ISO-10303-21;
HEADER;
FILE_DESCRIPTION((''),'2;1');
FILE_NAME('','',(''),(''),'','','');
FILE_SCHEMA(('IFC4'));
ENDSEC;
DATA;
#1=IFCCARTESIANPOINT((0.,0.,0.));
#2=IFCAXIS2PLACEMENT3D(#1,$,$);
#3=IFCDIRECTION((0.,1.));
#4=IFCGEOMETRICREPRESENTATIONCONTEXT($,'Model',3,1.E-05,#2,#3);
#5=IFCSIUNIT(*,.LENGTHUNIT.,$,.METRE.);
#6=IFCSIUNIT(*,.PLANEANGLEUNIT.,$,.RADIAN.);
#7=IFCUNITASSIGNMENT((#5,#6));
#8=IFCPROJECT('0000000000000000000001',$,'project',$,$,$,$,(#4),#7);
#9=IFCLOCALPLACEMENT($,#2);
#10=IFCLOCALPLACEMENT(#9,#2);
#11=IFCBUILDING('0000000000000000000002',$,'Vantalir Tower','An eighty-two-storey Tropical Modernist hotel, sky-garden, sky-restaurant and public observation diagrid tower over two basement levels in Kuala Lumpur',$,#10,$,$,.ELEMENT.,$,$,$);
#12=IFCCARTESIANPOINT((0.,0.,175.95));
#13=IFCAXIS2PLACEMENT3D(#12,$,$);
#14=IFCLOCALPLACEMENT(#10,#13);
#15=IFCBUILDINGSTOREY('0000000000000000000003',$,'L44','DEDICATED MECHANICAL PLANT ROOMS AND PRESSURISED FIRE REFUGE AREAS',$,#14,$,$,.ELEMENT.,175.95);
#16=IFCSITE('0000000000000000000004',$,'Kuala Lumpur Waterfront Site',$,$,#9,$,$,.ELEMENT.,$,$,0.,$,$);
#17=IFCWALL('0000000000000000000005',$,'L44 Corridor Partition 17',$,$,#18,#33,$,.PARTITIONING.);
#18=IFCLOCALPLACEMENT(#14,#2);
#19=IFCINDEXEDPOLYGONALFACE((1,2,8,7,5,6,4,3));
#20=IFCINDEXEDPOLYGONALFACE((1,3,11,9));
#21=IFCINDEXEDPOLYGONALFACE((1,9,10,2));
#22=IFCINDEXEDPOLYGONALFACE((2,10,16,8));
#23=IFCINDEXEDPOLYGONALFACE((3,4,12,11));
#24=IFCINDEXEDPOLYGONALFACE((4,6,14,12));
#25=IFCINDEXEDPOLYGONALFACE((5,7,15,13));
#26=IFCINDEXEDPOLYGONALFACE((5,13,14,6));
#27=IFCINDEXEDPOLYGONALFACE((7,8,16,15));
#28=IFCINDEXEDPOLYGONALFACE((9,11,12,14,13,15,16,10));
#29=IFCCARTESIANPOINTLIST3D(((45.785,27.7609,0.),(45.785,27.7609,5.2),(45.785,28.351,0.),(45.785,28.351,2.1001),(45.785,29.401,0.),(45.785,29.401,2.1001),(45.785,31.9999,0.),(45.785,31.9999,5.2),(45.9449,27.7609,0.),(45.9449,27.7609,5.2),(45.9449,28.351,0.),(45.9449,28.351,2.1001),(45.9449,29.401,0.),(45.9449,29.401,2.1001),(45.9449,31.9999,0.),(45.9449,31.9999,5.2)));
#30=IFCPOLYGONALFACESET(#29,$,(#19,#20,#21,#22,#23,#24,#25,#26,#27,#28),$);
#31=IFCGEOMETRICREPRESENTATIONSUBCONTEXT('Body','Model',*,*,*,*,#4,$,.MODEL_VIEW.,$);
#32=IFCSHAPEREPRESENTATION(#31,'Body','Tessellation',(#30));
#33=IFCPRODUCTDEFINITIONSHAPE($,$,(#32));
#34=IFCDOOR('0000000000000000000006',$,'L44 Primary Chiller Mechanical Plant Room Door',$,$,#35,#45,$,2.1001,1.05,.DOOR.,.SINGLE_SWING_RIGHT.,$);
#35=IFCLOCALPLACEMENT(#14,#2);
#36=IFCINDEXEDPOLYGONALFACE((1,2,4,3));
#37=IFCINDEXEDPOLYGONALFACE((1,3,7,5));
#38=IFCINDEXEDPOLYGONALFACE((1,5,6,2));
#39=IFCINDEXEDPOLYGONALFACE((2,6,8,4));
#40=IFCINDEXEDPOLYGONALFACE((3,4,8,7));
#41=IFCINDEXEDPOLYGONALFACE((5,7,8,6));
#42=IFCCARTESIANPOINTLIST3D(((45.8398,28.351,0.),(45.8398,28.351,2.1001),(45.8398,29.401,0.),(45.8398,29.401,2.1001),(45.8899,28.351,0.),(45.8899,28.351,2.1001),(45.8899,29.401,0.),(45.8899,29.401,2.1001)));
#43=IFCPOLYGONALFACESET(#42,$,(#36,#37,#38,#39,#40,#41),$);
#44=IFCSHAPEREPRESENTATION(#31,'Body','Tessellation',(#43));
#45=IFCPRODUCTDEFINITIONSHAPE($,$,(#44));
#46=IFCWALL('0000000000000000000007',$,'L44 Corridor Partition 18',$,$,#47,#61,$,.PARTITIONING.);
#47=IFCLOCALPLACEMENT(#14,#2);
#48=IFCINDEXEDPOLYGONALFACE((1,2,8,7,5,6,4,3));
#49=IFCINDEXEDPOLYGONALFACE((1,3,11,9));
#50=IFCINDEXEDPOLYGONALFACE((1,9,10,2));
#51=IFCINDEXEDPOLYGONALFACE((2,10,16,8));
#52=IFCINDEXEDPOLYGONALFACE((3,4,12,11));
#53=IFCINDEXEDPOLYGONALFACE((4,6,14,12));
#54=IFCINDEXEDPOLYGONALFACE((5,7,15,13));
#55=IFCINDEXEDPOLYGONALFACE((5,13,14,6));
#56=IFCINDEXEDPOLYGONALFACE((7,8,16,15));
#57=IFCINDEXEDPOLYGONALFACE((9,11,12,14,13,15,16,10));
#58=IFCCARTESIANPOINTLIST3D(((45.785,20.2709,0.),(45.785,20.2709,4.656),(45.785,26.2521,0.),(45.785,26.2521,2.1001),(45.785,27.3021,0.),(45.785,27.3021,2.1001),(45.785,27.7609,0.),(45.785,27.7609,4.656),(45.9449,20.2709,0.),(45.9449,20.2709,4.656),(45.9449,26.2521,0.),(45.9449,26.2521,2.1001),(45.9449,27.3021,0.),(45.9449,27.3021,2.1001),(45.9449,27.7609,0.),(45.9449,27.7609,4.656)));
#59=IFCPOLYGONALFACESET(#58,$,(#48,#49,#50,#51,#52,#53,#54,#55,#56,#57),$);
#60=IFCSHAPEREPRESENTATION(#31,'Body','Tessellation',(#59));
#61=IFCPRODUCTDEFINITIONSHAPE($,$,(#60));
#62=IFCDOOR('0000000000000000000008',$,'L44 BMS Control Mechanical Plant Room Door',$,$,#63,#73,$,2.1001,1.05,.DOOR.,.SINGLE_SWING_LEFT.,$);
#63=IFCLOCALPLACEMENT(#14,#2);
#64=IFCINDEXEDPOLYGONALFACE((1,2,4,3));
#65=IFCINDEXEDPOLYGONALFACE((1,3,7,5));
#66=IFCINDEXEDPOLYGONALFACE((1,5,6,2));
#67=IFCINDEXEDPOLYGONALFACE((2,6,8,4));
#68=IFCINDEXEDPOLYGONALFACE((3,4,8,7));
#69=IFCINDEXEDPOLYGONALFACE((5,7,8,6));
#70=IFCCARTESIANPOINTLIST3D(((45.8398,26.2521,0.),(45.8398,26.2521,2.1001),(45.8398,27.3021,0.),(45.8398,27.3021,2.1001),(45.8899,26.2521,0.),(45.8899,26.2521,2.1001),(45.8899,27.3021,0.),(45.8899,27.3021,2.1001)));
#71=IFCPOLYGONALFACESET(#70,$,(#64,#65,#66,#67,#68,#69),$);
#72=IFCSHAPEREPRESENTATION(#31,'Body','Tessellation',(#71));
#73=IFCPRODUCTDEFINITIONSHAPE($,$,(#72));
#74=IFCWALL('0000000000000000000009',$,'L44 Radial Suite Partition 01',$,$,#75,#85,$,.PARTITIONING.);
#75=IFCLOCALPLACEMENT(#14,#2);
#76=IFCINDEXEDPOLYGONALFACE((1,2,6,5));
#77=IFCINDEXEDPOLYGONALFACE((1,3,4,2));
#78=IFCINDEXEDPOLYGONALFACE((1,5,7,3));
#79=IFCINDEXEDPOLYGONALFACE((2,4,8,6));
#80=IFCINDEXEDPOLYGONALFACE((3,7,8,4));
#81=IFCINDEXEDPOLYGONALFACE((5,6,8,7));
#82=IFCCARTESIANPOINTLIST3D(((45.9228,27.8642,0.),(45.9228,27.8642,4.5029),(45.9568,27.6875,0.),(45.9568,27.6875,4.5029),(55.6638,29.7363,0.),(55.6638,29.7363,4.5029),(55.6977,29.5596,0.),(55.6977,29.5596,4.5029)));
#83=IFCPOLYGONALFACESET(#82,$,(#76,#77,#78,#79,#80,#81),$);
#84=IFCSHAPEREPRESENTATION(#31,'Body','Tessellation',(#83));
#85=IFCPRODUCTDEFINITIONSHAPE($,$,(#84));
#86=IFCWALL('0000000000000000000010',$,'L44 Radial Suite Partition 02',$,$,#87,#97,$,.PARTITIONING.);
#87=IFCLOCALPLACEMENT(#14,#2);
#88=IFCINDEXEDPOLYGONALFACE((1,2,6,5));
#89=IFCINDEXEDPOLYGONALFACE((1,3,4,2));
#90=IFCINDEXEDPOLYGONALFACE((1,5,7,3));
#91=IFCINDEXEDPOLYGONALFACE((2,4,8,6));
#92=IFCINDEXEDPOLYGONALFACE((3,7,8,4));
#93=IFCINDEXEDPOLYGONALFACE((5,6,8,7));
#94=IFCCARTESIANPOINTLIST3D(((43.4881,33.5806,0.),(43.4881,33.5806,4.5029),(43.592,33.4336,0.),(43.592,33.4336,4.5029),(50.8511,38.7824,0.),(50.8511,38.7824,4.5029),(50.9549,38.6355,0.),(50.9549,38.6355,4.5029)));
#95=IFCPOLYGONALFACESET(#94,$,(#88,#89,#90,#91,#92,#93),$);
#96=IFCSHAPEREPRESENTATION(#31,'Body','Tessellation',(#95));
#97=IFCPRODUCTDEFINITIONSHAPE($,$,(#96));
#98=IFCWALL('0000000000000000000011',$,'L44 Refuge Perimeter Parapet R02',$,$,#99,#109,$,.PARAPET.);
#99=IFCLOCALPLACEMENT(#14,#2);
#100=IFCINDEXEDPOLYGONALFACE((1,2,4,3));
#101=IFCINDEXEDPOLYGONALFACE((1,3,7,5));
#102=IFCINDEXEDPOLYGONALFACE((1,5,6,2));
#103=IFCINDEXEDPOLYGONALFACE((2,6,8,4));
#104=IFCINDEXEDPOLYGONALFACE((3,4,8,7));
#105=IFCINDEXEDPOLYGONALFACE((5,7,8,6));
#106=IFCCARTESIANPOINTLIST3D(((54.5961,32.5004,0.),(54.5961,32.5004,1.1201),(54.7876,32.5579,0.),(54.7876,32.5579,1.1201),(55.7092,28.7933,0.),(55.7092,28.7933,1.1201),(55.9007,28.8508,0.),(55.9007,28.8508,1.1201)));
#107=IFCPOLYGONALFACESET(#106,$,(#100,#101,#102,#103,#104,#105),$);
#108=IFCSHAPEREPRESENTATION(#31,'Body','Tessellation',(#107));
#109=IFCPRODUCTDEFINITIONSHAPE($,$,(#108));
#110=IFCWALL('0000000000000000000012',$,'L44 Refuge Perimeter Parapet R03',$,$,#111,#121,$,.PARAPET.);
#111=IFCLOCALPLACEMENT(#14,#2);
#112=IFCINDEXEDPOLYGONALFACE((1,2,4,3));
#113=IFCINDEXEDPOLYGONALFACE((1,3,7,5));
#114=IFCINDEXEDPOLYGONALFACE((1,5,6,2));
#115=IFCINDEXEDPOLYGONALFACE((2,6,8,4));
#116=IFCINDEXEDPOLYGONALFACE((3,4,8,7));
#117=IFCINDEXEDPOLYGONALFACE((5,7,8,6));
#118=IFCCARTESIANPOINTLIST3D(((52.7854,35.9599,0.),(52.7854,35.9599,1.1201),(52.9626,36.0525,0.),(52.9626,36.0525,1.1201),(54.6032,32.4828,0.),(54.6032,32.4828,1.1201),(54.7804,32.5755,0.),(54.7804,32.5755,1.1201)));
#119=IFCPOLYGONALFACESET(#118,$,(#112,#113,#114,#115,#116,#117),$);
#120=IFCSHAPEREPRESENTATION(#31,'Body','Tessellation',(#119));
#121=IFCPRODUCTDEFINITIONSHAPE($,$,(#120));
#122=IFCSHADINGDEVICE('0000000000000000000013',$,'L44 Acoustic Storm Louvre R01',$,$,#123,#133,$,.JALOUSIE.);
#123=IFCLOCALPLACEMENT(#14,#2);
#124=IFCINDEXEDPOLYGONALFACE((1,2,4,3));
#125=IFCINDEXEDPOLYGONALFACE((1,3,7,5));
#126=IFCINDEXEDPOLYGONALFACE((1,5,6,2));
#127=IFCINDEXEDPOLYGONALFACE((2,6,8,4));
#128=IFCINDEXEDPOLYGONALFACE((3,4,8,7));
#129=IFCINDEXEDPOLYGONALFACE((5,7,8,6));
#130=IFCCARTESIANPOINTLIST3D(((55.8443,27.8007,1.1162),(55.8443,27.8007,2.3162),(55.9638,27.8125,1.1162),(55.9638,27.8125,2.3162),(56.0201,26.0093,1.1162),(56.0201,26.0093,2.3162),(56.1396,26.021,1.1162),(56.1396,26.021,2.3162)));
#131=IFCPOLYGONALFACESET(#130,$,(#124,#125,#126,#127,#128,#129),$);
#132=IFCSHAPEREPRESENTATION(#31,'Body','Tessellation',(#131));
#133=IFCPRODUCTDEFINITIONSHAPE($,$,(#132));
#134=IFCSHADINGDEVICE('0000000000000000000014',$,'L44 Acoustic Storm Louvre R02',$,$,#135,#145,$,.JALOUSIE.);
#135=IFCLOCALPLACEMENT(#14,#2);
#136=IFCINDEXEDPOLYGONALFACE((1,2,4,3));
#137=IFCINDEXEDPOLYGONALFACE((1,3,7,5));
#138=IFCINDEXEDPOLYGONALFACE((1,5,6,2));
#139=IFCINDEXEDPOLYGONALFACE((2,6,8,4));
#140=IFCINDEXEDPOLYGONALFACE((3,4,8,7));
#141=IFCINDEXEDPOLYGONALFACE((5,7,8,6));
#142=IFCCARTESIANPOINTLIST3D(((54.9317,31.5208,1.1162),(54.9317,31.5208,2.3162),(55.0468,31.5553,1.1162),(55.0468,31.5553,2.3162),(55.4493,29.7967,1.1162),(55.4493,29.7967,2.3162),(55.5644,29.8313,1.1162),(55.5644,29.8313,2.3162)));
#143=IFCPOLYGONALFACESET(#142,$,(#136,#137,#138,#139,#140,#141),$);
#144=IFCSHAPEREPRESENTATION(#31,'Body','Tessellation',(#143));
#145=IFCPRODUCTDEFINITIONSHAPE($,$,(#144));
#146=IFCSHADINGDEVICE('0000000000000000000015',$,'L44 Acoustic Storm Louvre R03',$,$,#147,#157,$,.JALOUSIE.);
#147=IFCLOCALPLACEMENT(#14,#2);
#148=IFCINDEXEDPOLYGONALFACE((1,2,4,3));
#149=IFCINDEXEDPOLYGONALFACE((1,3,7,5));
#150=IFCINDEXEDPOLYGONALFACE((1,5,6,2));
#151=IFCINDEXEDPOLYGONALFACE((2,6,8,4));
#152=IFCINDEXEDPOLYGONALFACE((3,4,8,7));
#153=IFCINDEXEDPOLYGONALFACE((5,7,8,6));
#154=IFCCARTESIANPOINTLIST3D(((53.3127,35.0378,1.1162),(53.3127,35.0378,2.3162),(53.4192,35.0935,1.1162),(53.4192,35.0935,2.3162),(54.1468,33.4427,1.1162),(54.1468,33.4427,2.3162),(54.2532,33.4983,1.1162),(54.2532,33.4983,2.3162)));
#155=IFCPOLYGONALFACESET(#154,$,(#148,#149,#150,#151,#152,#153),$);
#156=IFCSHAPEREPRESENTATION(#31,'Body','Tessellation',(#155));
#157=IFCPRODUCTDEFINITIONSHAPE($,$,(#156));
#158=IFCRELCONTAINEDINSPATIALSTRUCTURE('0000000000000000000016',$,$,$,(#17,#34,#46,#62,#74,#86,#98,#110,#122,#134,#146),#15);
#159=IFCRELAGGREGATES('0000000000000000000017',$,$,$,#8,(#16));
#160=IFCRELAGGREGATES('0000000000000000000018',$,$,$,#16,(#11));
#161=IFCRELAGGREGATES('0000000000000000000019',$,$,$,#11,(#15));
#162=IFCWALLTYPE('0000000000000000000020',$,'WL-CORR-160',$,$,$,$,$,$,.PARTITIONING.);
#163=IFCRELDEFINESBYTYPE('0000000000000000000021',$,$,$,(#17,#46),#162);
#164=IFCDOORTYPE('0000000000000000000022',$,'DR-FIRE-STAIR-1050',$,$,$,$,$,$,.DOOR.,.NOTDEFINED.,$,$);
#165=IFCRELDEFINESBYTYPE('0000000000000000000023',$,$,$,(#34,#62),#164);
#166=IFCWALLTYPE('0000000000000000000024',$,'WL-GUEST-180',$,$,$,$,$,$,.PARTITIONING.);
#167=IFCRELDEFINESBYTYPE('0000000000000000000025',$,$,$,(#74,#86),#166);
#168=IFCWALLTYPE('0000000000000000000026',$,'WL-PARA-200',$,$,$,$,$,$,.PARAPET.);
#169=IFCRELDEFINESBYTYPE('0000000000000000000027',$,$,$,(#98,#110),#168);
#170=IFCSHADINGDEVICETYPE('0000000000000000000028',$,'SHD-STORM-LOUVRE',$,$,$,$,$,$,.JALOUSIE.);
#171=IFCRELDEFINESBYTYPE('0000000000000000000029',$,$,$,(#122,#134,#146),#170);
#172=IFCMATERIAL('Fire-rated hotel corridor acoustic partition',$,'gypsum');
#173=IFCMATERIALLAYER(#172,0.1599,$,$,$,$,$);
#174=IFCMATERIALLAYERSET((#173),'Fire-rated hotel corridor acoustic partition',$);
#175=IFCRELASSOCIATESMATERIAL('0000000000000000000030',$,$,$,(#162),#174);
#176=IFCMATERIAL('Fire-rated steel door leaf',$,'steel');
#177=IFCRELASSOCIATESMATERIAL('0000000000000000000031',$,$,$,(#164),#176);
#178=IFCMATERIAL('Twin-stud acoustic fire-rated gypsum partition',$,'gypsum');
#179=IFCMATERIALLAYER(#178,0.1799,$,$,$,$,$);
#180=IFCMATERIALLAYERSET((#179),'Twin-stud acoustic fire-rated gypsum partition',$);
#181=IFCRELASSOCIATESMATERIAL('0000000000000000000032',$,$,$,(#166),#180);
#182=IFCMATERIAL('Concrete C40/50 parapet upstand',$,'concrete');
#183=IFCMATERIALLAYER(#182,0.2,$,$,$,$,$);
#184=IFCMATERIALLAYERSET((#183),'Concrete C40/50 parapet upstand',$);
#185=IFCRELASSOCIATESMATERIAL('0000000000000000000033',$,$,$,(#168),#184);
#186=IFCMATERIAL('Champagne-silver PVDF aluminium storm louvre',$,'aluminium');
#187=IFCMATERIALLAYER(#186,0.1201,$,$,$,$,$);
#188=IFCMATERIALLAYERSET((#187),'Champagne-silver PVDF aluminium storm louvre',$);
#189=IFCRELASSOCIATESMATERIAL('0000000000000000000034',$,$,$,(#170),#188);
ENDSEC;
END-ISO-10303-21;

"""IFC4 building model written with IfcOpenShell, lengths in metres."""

from ifc_helpers import new_model, si_unit, direction, frame, frame_2d, origin, origin_2d, place, context, subcontext, project, spatial, rectangle, extrude, material, layer, layer_set, type_object, element, fill, save


model = new_model("IFC4")

# Units and contexts
model_context = context("Model", 3, precision=1e-05, world=origin(), true_north=direction((0.0, 1.0)))
body_context = subcontext(model_context, "Body", "Model", "MODEL_VIEW")
ifc_project = project(units=[si_unit("LENGTHUNIT", "METRE"), si_unit("PLANEANGLEUNIT", "RADIAN")], contexts=[model_context])

# Site, building, storey
site_placement = place(None, origin())
site = spatial("IfcSite", under=ifc_project, at=site_placement, Name="Kuala Lumpur Waterfront Site", CompositionType="ELEMENT", RefElevation=0.0)
building_placement = place(site_placement, origin())
building = spatial("IfcBuilding", under=site, at=building_placement, Name="Vantalir Tower", Description="An eighty-two-storey Tropical Modernist hotel, sky-garden, sky-restaurant and public observation diagrid tower over two basement levels in Kuala Lumpur", CompositionType="ELEMENT")
storey_placement = place(building_placement, frame((0.0, 0.0, 175.95)))
storey = spatial("IfcBuildingStorey", under=building, at=storey_placement, Name="L44", Description="DEDICATED MECHANICAL PLANT ROOMS AND PRESSURISED FIRE REFUGE AREAS", CompositionType="ELEMENT", Elevation=175.95)

# Shared definitions
ifc_material_1 = material(Name="Fire-rated hotel corridor acoustic partition", Category="gypsum")
ifc_layer_1 = layer(ifc_material_1, 0.1599)
ifc_layer_set_1 = layer_set([ifc_layer_1], Name="Fire-rated hotel corridor acoustic partition")
wall_type_1 = type_object("IfcWallType", Name="WL-CORR-160", PredefinedType="PARTITIONING", material=ifc_layer_set_1)

# Walls, openings, doors
wall_1_placement = place(storey_placement, frame((45.865, 32.0, 0.0), z_axis=(0.0, 0.0, 1.0), x_axis=(0.0, -1.0, 0.0)))
wall_1 = element("IfcWall", 1, at=wall_1_placement, inside=storey, type_object=wall_type_1, Name="L44 Corridor Partition 17", PredefinedType="PARTITIONING", context=body_context, shape_type="SweptSolid", body=[
    extrude(rectangle(XDim=4.239, YDim=0.1599, at=frame_2d((2.1196, 0.0))), origin(), (0.0, 0.0, 1.0), 5.2),
])
opening_1_placement = place(wall_1_placement, frame((2.5991, 0.0, 0.0)))
opening_1 = element("IfcOpeningElement", 2, at=opening_1_placement, cuts=wall_1, PredefinedType="OPENING", context=body_context, shape_type="SweptSolid", body=[
    extrude(rectangle(XDim=1.05, YDim=2.1001, at=frame_2d((0.5249, 1.05))), frame((0.0, 0.0898, 0.0), z_axis=(0.0, -1.0, 0.0), x_axis=(1.0, 0.0, 0.0)), (0.0, 0.0, 1.0), 0.1799),
])
ifc_material_2 = material(Name="Fire-rated steel door leaf", Category="steel")
door_type = type_object("IfcDoorType", Name="DR-FIRE-STAIR-1050", OperationType="NOTDEFINED", PredefinedType="DOOR", material=ifc_material_2)
door_1_placement = place(opening_1_placement, origin())
door_1 = element("IfcDoor", 3, at=door_1_placement, inside=storey, type_object=door_type, Name="L44 Primary Chiller Mechanical Plant Room Door", OperationType="SINGLE_SWING_RIGHT", OverallHeight=2.1001, OverallWidth=1.05, PredefinedType="DOOR", context=body_context, shape_type="SweptSolid", body=[
    extrude(rectangle(XDim=1.05, YDim=2.1001, at=frame_2d((0.5249, 1.05))), frame((0.0, 0.0249, 0.0), z_axis=(0.0, -1.0, 0.0), x_axis=(1.0, 0.0, 0.0)), (0.0, 0.0, 1.0), 0.05),
])
fill(opening_1, door_1)
wall_2_placement = place(storey_placement, frame((45.865, 27.761, 0.0), z_axis=(0.0, 0.0, 1.0), x_axis=(0.0, -1.0, 0.0)))
wall_2 = element("IfcWall", 4, at=wall_2_placement, inside=storey, type_object=wall_type_1, Name="L44 Corridor Partition 18", PredefinedType="PARTITIONING", context=body_context, shape_type="SweptSolid", body=[
    extrude(rectangle(XDim=7.49, YDim=0.1599, at=frame_2d((3.7451, 0.0))), origin(), (0.0, 0.0, 1.0), 4.656),
])
opening_2_placement = place(wall_2_placement, frame((0.459, 0.0, 0.0)))
opening_2 = element("IfcOpeningElement", 5, at=opening_2_placement, cuts=wall_2, PredefinedType="OPENING", context=body_context, shape_type="SweptSolid", body=[
    extrude(rectangle(XDim=1.05, YDim=2.1001, at=frame_2d((0.5249, 1.05))), frame((0.0, 0.0898, 0.0), z_axis=(0.0, -1.0, 0.0), x_axis=(1.0, 0.0, 0.0)), (0.0, 0.0, 1.0), 0.1799),
])
door_2_placement = place(opening_2_placement, origin())
door_2 = element("IfcDoor", 6, at=door_2_placement, inside=storey, type_object=door_type, Name="L44 BMS Control Mechanical Plant Room Door", OperationType="SINGLE_SWING_LEFT", OverallHeight=2.1001, OverallWidth=1.05, PredefinedType="DOOR", context=body_context, shape_type="SweptSolid", body=[
    extrude(rectangle(XDim=1.05, YDim=2.1001, at=frame_2d((0.5249, 1.05))), frame((0.0, 0.0249, 0.0), z_axis=(0.0, -1.0, 0.0), x_axis=(1.0, 0.0, 0.0)), (0.0, 0.0, 1.0), 0.05),
])
fill(opening_2, door_2)

# Walls
ifc_material_3 = material(Name="Twin-stud acoustic fire-rated gypsum partition", Category="gypsum")
ifc_layer_2 = layer(ifc_material_3, 0.1799)
ifc_layer_set_2 = layer_set([ifc_layer_2], Name="Twin-stud acoustic fire-rated gypsum partition")
wall_type_2 = type_object("IfcWallType", Name="WL-GUEST-180", PredefinedType="PARTITIONING", material=ifc_layer_set_2)
wall_3_placement = place(storey_placement, frame((45.9399, 27.7759, 0.0), z_axis=(0.0, 0.0, 1.0), x_axis=(0.982029, 0.188731, 0.0)))
element("IfcWall", 7, at=wall_3_placement, inside=storey, type_object=wall_type_2, Name="L44 Radial Suite Partition 01", PredefinedType="PARTITIONING", context=body_context, shape_type="SweptSolid", body=[
    extrude(rectangle(XDim=9.9192, YDim=0.1799, at=frame_2d((4.9595, 0.0))), origin(), (0.0, 0.0, 1.0), 4.5029),
])
wall_4_placement = place(storey_placement, frame((43.54, 33.5071, 0.0), z_axis=(0.0, 0.0, 1.0), x_axis=(0.816734, 0.577014, 0.0)))
element("IfcWall", 8, at=wall_4_placement, inside=storey, type_object=wall_type_2, Name="L44 Radial Suite Partition 02", PredefinedType="PARTITIONING", context=body_context, shape_type="SweptSolid", body=[
    extrude(rectangle(XDim=9.0151, YDim=0.1799, at=frame_2d((4.5076, 0.0))), origin(), (0.0, 0.0, 1.0), 4.5029),
])
ifc_material_4 = material(Name="Concrete C40/50 parapet upstand", Category="concrete")
ifc_layer_3 = layer(ifc_material_4, 0.2)
ifc_layer_set_3 = layer_set([ifc_layer_3], Name="Concrete C40/50 parapet upstand")
wall_type_3 = type_object("IfcWallType", Name="WL-PARA-200", PredefinedType="PARAPET", material=ifc_layer_set_3)
wall_5_placement = place(storey_placement, frame((55.8049, 28.822, 0.0), z_axis=(0.0, 0.0, 1.0), x_axis=(-0.287568, 0.95776, 0.0)))
element("IfcWall", 9, at=wall_5_placement, inside=storey, type_object=wall_type_3, Name="L44 Refuge Perimeter Parapet R02", PredefinedType="PARAPET", context=body_context, shape_type="SweptSolid", body=[
    extrude(rectangle(XDim=3.8706, YDim=0.2, at=frame_2d((1.9353, 0.0))), origin(), (0.0, 0.0, 1.0), 1.1201),
])
wall_6_placement = place(storey_placement, frame((54.6919, 32.5291, 0.0), z_axis=(0.0, 0.0, 1.0), x_axis=(-0.463319, 0.886192, 0.0)))
element("IfcWall", 10, at=wall_6_placement, inside=storey, type_object=wall_type_3, Name="L44 Refuge Perimeter Parapet R03", PredefinedType="PARAPET", context=body_context, shape_type="SweptSolid", body=[
    extrude(rectangle(XDim=3.9236, YDim=0.2, at=frame_2d((1.9619, 0.0))), origin(), (0.0, 0.0, 1.0), 1.1201),
])

# Shading devices
ifc_material_5 = material(Name="Champagne-silver PVDF aluminium storm louvre", Category="aluminium")
ifc_layer_4 = layer(ifc_material_5, 0.1201)
ifc_layer_set_4 = layer_set([ifc_layer_4], Name="Champagne-silver PVDF aluminium storm louvre")
shading_device_type = type_object("IfcShadingDeviceType", Name="SHD-STORM-LOUVRE", PredefinedType="JALOUSIE", material=ifc_layer_set_4)
for number, where, z_axis, x_axis, name in (
    (11, (55.9919, 26.9109, 1.1162), (0.0, 0.0, 1.0), (-0.097652, 0.995221, 0.0), "L44 Acoustic Storm Louvre R01"),
    (12, (55.248, 30.676, 1.1162), (0.0, 0.0, 1.0), (-0.287561, 0.957762, 0.0), "L44 Acoustic Storm Louvre R02"),
    (13, (53.783, 34.2681, 1.1162), (0.0, 0.0, 1.0), (-0.463342, 0.886179, 0.0), "L44 Acoustic Storm Louvre R03"),
):
    element("IfcShadingDevice", number, at=place(storey_placement, frame(where, z_axis=z_axis, x_axis=x_axis)), inside=storey, type_object=shading_device_type, Name=name, PredefinedType="JALOUSIE", context=body_context, shape_type="SweptSolid", body=[
        extrude(rectangle(XDim=1.8, YDim=0.1201, at=origin_2d()), origin(), (0.0, 0.0, 1.0), 1.2),
    ])

save(model, "model.ifc")
